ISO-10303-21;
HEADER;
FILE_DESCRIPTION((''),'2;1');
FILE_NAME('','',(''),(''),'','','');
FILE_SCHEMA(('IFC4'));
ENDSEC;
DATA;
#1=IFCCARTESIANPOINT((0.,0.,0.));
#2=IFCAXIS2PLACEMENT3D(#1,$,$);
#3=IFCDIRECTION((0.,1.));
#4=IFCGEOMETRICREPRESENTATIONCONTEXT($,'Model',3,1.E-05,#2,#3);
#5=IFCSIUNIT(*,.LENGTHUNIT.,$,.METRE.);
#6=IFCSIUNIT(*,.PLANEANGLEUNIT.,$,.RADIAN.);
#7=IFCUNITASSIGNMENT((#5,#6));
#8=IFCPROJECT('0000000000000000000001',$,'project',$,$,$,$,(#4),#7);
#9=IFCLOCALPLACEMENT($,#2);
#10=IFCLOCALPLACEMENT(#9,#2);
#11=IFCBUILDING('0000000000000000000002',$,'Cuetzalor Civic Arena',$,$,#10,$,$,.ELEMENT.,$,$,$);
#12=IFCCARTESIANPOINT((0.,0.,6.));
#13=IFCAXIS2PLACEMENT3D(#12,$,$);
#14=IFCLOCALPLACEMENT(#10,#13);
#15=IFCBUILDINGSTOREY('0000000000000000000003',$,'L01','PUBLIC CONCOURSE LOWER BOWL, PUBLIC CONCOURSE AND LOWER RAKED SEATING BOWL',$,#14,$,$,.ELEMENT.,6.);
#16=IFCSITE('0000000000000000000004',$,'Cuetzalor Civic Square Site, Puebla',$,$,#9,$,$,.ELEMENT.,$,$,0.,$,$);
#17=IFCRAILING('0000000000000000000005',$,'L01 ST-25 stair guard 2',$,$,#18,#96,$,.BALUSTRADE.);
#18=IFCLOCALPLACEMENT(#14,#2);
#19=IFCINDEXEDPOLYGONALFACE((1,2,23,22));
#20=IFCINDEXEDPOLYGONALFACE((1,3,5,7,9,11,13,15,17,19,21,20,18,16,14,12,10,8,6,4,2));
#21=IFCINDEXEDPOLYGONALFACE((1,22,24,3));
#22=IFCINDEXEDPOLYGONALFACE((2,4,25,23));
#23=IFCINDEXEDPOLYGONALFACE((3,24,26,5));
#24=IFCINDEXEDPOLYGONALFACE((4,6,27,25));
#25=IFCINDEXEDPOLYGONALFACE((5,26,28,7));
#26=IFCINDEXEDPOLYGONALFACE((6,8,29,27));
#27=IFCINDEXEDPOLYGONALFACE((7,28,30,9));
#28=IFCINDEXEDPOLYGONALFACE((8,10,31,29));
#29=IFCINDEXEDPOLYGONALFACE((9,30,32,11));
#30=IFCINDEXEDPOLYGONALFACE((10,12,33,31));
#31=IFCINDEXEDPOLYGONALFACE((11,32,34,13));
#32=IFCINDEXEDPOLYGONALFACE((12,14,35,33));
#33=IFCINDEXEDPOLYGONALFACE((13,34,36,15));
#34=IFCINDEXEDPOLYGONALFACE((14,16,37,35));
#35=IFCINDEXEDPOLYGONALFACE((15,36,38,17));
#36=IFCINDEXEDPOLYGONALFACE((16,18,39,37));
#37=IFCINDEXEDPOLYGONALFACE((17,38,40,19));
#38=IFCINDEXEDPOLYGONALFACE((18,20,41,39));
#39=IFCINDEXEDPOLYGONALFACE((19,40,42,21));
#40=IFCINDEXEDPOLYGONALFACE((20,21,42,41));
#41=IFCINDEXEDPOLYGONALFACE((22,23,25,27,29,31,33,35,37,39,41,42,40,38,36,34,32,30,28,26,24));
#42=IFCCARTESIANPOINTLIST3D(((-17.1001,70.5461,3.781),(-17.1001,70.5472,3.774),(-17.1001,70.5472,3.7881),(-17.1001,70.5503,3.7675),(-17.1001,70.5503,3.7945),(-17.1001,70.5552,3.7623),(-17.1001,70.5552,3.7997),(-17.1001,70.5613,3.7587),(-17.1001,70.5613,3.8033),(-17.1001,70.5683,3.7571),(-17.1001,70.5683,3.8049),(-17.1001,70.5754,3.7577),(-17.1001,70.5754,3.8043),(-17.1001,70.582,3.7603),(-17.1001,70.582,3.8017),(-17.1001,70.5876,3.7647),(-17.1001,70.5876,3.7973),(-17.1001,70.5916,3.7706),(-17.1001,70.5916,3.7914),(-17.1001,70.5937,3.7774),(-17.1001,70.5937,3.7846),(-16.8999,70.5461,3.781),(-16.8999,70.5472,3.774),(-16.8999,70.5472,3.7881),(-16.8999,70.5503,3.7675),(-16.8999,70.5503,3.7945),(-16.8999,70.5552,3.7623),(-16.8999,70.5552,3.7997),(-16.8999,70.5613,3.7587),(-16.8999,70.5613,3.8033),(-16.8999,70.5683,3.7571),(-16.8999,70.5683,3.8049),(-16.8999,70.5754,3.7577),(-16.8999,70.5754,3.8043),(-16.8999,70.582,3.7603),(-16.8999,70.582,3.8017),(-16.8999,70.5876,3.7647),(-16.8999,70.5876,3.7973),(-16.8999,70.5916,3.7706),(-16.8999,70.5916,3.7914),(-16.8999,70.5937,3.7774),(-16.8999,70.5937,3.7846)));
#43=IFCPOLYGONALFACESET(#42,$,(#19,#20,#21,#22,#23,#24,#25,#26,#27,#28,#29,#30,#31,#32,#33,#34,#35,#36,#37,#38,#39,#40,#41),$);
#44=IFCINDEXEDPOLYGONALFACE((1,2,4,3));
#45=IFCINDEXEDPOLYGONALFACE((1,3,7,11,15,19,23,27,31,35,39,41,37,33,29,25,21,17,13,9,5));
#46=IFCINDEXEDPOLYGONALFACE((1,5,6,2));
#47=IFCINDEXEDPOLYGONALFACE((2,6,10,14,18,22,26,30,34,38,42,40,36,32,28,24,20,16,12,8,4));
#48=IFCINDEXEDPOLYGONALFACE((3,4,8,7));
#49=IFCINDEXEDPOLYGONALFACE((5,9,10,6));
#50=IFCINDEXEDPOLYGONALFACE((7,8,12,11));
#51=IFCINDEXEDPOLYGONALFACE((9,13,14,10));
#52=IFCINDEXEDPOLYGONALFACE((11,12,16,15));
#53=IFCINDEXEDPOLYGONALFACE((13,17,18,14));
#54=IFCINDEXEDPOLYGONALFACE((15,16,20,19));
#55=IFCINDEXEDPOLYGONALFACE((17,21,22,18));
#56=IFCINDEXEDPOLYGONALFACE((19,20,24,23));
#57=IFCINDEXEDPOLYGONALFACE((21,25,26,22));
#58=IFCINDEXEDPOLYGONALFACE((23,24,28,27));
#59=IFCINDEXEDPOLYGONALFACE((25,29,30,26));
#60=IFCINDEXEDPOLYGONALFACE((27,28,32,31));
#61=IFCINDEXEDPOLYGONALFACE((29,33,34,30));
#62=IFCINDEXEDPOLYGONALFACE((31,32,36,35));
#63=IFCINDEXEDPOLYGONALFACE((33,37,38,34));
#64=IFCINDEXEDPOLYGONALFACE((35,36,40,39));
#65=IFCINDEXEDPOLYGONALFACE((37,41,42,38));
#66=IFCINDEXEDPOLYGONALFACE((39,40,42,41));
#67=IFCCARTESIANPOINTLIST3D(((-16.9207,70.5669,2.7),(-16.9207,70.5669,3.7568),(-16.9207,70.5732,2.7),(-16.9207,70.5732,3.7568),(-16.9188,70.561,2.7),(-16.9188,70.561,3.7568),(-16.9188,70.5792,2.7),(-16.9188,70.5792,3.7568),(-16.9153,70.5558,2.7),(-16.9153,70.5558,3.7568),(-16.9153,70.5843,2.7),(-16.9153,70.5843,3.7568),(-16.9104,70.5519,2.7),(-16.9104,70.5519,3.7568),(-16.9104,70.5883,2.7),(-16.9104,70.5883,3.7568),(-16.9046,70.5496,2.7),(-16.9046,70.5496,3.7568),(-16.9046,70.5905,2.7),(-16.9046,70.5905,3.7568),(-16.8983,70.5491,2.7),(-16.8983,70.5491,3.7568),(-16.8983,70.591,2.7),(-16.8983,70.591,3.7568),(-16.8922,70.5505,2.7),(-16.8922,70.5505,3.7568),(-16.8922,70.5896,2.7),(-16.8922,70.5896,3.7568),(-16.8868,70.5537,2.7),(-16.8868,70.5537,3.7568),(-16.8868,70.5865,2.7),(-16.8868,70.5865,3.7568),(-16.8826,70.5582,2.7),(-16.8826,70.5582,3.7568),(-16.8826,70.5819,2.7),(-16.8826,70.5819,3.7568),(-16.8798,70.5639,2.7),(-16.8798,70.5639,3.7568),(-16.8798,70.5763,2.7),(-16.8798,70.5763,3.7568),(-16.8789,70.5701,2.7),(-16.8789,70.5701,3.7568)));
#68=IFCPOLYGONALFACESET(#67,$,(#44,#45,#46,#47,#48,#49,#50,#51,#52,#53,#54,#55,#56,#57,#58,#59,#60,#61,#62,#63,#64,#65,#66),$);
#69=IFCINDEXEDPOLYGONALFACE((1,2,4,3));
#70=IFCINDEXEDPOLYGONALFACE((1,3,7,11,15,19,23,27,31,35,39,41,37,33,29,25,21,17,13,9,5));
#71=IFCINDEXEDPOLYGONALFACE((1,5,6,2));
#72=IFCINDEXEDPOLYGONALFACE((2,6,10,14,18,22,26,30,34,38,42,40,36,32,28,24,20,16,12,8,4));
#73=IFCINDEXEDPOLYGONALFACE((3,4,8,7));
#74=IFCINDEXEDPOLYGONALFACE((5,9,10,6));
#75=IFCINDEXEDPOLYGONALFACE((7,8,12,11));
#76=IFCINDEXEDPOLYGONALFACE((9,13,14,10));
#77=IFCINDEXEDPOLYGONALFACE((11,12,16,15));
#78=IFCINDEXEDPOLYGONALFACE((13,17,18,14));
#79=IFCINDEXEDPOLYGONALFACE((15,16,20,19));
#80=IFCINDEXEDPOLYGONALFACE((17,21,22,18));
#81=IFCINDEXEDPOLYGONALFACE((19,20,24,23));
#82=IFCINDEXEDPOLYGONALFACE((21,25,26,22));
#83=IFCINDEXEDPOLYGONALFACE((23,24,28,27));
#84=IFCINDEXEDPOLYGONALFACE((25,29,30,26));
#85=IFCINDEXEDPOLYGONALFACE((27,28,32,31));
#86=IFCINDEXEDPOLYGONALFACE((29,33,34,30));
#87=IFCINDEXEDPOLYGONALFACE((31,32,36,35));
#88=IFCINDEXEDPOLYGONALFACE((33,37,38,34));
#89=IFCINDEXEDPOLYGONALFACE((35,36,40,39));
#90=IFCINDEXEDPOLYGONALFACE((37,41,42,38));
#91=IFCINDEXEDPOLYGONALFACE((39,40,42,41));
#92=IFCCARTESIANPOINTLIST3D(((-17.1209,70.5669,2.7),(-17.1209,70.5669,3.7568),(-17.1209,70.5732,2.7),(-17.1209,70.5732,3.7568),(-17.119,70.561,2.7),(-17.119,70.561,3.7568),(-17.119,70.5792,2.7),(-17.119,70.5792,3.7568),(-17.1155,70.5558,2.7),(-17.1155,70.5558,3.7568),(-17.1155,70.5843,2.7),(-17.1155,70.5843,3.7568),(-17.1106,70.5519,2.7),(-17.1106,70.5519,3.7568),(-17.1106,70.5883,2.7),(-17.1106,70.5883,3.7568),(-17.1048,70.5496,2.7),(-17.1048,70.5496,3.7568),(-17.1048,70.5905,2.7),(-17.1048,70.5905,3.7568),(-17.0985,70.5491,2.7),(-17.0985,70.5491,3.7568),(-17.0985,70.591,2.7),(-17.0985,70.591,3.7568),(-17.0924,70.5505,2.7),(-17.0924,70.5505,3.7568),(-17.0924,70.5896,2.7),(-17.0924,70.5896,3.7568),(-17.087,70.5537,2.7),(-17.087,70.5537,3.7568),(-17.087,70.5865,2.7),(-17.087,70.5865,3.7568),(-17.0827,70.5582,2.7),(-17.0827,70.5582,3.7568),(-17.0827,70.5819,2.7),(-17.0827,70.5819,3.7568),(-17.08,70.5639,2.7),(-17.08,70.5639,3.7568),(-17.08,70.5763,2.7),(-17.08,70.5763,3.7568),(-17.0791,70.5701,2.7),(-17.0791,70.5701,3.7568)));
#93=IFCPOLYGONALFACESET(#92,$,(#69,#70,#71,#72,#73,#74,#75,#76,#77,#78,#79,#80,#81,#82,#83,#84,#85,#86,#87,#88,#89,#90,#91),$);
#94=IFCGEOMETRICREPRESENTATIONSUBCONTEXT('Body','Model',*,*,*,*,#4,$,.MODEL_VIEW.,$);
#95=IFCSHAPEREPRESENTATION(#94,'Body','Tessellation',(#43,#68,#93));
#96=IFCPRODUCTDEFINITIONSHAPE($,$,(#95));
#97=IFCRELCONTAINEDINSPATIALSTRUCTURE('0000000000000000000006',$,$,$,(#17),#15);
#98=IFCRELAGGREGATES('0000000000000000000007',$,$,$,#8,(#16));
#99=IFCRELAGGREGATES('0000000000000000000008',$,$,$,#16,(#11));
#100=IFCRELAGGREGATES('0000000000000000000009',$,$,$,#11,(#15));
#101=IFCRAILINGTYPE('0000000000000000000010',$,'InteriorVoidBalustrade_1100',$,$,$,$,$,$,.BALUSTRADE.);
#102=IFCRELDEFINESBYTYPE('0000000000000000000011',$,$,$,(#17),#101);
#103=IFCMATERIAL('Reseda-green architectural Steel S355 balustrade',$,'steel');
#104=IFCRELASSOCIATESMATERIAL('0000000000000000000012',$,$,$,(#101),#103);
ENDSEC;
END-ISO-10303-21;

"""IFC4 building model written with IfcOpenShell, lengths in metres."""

from ifc_helpers import new_model, si_unit, direction, frame, origin, origin_2d, place, context, subcontext, project, spatial, circle, extrude, material, type_object, element, save


model = new_model("IFC4")

# Units and contexts
model_context = context("Model", 3, precision=1e-05, world=origin(), true_north=direction((0.0, 1.0)))
body_context = subcontext(model_context, "Body", "Model", "MODEL_VIEW")
ifc_project = project(units=[si_unit("LENGTHUNIT", "METRE"), si_unit("PLANEANGLEUNIT", "RADIAN")], contexts=[model_context])

# Site, building, storey
site_placement = place(None, origin())
site = spatial("IfcSite", under=ifc_project, at=site_placement, Name="Cuetzalor Civic Square Site, Puebla", CompositionType="ELEMENT", RefElevation=0.0)
building_placement = place(site_placement, origin())
building = spatial("IfcBuilding", under=site, at=building_placement, Name="Cuetzalor Civic Arena", CompositionType="ELEMENT")
storey_placement = place(building_placement, frame((0.0, 0.0, 6.0)))
storey = spatial("IfcBuildingStorey", under=building, at=storey_placement, Name="L01", Description="PUBLIC CONCOURSE LOWER BOWL, PUBLIC CONCOURSE AND LOWER RAKED SEATING BOWL", CompositionType="ELEMENT", Elevation=6.0)

# Railing
ifc_material_1 = material(Name="Reseda-green architectural Steel S355 balustrade", Category="steel")
railing_type_1 = type_object("IfcRailingType", Name="InteriorVoidBalustrade_1100", PredefinedType="BALUSTRADE", material=ifc_material_1)
railing_1_placement = place(storey_placement, frame((-16.8999, 70.5701, 2.7)))
element("IfcRailing", 1, at=railing_1_placement, inside=storey, type_object=railing_type_1, Name="L01 ST-25 stair guard 2", PredefinedType="BALUSTRADE", context=body_context, shape_type="SweptSolid", body=[
    extrude(circle(Radius=0.0239, at=origin_2d()), frame((0.0, 0.0, 1.0811), z_axis=(-1.0, 0.0, 0.0), x_axis=(0.0, -1.0, 0.0)), (0.0, 0.0, 1.0), 0.2002),
    extrude(circle(Radius=0.021, at=origin_2d()), origin(), (0.0, 0.0, 1.0), 1.0569),
    extrude(circle(Radius=0.021, at=origin_2d()), frame((-0.2002, 0.0, 0.0)), (0.0, 0.0, 1.0), 1.0569),
])

save(model, "model.ifc")
